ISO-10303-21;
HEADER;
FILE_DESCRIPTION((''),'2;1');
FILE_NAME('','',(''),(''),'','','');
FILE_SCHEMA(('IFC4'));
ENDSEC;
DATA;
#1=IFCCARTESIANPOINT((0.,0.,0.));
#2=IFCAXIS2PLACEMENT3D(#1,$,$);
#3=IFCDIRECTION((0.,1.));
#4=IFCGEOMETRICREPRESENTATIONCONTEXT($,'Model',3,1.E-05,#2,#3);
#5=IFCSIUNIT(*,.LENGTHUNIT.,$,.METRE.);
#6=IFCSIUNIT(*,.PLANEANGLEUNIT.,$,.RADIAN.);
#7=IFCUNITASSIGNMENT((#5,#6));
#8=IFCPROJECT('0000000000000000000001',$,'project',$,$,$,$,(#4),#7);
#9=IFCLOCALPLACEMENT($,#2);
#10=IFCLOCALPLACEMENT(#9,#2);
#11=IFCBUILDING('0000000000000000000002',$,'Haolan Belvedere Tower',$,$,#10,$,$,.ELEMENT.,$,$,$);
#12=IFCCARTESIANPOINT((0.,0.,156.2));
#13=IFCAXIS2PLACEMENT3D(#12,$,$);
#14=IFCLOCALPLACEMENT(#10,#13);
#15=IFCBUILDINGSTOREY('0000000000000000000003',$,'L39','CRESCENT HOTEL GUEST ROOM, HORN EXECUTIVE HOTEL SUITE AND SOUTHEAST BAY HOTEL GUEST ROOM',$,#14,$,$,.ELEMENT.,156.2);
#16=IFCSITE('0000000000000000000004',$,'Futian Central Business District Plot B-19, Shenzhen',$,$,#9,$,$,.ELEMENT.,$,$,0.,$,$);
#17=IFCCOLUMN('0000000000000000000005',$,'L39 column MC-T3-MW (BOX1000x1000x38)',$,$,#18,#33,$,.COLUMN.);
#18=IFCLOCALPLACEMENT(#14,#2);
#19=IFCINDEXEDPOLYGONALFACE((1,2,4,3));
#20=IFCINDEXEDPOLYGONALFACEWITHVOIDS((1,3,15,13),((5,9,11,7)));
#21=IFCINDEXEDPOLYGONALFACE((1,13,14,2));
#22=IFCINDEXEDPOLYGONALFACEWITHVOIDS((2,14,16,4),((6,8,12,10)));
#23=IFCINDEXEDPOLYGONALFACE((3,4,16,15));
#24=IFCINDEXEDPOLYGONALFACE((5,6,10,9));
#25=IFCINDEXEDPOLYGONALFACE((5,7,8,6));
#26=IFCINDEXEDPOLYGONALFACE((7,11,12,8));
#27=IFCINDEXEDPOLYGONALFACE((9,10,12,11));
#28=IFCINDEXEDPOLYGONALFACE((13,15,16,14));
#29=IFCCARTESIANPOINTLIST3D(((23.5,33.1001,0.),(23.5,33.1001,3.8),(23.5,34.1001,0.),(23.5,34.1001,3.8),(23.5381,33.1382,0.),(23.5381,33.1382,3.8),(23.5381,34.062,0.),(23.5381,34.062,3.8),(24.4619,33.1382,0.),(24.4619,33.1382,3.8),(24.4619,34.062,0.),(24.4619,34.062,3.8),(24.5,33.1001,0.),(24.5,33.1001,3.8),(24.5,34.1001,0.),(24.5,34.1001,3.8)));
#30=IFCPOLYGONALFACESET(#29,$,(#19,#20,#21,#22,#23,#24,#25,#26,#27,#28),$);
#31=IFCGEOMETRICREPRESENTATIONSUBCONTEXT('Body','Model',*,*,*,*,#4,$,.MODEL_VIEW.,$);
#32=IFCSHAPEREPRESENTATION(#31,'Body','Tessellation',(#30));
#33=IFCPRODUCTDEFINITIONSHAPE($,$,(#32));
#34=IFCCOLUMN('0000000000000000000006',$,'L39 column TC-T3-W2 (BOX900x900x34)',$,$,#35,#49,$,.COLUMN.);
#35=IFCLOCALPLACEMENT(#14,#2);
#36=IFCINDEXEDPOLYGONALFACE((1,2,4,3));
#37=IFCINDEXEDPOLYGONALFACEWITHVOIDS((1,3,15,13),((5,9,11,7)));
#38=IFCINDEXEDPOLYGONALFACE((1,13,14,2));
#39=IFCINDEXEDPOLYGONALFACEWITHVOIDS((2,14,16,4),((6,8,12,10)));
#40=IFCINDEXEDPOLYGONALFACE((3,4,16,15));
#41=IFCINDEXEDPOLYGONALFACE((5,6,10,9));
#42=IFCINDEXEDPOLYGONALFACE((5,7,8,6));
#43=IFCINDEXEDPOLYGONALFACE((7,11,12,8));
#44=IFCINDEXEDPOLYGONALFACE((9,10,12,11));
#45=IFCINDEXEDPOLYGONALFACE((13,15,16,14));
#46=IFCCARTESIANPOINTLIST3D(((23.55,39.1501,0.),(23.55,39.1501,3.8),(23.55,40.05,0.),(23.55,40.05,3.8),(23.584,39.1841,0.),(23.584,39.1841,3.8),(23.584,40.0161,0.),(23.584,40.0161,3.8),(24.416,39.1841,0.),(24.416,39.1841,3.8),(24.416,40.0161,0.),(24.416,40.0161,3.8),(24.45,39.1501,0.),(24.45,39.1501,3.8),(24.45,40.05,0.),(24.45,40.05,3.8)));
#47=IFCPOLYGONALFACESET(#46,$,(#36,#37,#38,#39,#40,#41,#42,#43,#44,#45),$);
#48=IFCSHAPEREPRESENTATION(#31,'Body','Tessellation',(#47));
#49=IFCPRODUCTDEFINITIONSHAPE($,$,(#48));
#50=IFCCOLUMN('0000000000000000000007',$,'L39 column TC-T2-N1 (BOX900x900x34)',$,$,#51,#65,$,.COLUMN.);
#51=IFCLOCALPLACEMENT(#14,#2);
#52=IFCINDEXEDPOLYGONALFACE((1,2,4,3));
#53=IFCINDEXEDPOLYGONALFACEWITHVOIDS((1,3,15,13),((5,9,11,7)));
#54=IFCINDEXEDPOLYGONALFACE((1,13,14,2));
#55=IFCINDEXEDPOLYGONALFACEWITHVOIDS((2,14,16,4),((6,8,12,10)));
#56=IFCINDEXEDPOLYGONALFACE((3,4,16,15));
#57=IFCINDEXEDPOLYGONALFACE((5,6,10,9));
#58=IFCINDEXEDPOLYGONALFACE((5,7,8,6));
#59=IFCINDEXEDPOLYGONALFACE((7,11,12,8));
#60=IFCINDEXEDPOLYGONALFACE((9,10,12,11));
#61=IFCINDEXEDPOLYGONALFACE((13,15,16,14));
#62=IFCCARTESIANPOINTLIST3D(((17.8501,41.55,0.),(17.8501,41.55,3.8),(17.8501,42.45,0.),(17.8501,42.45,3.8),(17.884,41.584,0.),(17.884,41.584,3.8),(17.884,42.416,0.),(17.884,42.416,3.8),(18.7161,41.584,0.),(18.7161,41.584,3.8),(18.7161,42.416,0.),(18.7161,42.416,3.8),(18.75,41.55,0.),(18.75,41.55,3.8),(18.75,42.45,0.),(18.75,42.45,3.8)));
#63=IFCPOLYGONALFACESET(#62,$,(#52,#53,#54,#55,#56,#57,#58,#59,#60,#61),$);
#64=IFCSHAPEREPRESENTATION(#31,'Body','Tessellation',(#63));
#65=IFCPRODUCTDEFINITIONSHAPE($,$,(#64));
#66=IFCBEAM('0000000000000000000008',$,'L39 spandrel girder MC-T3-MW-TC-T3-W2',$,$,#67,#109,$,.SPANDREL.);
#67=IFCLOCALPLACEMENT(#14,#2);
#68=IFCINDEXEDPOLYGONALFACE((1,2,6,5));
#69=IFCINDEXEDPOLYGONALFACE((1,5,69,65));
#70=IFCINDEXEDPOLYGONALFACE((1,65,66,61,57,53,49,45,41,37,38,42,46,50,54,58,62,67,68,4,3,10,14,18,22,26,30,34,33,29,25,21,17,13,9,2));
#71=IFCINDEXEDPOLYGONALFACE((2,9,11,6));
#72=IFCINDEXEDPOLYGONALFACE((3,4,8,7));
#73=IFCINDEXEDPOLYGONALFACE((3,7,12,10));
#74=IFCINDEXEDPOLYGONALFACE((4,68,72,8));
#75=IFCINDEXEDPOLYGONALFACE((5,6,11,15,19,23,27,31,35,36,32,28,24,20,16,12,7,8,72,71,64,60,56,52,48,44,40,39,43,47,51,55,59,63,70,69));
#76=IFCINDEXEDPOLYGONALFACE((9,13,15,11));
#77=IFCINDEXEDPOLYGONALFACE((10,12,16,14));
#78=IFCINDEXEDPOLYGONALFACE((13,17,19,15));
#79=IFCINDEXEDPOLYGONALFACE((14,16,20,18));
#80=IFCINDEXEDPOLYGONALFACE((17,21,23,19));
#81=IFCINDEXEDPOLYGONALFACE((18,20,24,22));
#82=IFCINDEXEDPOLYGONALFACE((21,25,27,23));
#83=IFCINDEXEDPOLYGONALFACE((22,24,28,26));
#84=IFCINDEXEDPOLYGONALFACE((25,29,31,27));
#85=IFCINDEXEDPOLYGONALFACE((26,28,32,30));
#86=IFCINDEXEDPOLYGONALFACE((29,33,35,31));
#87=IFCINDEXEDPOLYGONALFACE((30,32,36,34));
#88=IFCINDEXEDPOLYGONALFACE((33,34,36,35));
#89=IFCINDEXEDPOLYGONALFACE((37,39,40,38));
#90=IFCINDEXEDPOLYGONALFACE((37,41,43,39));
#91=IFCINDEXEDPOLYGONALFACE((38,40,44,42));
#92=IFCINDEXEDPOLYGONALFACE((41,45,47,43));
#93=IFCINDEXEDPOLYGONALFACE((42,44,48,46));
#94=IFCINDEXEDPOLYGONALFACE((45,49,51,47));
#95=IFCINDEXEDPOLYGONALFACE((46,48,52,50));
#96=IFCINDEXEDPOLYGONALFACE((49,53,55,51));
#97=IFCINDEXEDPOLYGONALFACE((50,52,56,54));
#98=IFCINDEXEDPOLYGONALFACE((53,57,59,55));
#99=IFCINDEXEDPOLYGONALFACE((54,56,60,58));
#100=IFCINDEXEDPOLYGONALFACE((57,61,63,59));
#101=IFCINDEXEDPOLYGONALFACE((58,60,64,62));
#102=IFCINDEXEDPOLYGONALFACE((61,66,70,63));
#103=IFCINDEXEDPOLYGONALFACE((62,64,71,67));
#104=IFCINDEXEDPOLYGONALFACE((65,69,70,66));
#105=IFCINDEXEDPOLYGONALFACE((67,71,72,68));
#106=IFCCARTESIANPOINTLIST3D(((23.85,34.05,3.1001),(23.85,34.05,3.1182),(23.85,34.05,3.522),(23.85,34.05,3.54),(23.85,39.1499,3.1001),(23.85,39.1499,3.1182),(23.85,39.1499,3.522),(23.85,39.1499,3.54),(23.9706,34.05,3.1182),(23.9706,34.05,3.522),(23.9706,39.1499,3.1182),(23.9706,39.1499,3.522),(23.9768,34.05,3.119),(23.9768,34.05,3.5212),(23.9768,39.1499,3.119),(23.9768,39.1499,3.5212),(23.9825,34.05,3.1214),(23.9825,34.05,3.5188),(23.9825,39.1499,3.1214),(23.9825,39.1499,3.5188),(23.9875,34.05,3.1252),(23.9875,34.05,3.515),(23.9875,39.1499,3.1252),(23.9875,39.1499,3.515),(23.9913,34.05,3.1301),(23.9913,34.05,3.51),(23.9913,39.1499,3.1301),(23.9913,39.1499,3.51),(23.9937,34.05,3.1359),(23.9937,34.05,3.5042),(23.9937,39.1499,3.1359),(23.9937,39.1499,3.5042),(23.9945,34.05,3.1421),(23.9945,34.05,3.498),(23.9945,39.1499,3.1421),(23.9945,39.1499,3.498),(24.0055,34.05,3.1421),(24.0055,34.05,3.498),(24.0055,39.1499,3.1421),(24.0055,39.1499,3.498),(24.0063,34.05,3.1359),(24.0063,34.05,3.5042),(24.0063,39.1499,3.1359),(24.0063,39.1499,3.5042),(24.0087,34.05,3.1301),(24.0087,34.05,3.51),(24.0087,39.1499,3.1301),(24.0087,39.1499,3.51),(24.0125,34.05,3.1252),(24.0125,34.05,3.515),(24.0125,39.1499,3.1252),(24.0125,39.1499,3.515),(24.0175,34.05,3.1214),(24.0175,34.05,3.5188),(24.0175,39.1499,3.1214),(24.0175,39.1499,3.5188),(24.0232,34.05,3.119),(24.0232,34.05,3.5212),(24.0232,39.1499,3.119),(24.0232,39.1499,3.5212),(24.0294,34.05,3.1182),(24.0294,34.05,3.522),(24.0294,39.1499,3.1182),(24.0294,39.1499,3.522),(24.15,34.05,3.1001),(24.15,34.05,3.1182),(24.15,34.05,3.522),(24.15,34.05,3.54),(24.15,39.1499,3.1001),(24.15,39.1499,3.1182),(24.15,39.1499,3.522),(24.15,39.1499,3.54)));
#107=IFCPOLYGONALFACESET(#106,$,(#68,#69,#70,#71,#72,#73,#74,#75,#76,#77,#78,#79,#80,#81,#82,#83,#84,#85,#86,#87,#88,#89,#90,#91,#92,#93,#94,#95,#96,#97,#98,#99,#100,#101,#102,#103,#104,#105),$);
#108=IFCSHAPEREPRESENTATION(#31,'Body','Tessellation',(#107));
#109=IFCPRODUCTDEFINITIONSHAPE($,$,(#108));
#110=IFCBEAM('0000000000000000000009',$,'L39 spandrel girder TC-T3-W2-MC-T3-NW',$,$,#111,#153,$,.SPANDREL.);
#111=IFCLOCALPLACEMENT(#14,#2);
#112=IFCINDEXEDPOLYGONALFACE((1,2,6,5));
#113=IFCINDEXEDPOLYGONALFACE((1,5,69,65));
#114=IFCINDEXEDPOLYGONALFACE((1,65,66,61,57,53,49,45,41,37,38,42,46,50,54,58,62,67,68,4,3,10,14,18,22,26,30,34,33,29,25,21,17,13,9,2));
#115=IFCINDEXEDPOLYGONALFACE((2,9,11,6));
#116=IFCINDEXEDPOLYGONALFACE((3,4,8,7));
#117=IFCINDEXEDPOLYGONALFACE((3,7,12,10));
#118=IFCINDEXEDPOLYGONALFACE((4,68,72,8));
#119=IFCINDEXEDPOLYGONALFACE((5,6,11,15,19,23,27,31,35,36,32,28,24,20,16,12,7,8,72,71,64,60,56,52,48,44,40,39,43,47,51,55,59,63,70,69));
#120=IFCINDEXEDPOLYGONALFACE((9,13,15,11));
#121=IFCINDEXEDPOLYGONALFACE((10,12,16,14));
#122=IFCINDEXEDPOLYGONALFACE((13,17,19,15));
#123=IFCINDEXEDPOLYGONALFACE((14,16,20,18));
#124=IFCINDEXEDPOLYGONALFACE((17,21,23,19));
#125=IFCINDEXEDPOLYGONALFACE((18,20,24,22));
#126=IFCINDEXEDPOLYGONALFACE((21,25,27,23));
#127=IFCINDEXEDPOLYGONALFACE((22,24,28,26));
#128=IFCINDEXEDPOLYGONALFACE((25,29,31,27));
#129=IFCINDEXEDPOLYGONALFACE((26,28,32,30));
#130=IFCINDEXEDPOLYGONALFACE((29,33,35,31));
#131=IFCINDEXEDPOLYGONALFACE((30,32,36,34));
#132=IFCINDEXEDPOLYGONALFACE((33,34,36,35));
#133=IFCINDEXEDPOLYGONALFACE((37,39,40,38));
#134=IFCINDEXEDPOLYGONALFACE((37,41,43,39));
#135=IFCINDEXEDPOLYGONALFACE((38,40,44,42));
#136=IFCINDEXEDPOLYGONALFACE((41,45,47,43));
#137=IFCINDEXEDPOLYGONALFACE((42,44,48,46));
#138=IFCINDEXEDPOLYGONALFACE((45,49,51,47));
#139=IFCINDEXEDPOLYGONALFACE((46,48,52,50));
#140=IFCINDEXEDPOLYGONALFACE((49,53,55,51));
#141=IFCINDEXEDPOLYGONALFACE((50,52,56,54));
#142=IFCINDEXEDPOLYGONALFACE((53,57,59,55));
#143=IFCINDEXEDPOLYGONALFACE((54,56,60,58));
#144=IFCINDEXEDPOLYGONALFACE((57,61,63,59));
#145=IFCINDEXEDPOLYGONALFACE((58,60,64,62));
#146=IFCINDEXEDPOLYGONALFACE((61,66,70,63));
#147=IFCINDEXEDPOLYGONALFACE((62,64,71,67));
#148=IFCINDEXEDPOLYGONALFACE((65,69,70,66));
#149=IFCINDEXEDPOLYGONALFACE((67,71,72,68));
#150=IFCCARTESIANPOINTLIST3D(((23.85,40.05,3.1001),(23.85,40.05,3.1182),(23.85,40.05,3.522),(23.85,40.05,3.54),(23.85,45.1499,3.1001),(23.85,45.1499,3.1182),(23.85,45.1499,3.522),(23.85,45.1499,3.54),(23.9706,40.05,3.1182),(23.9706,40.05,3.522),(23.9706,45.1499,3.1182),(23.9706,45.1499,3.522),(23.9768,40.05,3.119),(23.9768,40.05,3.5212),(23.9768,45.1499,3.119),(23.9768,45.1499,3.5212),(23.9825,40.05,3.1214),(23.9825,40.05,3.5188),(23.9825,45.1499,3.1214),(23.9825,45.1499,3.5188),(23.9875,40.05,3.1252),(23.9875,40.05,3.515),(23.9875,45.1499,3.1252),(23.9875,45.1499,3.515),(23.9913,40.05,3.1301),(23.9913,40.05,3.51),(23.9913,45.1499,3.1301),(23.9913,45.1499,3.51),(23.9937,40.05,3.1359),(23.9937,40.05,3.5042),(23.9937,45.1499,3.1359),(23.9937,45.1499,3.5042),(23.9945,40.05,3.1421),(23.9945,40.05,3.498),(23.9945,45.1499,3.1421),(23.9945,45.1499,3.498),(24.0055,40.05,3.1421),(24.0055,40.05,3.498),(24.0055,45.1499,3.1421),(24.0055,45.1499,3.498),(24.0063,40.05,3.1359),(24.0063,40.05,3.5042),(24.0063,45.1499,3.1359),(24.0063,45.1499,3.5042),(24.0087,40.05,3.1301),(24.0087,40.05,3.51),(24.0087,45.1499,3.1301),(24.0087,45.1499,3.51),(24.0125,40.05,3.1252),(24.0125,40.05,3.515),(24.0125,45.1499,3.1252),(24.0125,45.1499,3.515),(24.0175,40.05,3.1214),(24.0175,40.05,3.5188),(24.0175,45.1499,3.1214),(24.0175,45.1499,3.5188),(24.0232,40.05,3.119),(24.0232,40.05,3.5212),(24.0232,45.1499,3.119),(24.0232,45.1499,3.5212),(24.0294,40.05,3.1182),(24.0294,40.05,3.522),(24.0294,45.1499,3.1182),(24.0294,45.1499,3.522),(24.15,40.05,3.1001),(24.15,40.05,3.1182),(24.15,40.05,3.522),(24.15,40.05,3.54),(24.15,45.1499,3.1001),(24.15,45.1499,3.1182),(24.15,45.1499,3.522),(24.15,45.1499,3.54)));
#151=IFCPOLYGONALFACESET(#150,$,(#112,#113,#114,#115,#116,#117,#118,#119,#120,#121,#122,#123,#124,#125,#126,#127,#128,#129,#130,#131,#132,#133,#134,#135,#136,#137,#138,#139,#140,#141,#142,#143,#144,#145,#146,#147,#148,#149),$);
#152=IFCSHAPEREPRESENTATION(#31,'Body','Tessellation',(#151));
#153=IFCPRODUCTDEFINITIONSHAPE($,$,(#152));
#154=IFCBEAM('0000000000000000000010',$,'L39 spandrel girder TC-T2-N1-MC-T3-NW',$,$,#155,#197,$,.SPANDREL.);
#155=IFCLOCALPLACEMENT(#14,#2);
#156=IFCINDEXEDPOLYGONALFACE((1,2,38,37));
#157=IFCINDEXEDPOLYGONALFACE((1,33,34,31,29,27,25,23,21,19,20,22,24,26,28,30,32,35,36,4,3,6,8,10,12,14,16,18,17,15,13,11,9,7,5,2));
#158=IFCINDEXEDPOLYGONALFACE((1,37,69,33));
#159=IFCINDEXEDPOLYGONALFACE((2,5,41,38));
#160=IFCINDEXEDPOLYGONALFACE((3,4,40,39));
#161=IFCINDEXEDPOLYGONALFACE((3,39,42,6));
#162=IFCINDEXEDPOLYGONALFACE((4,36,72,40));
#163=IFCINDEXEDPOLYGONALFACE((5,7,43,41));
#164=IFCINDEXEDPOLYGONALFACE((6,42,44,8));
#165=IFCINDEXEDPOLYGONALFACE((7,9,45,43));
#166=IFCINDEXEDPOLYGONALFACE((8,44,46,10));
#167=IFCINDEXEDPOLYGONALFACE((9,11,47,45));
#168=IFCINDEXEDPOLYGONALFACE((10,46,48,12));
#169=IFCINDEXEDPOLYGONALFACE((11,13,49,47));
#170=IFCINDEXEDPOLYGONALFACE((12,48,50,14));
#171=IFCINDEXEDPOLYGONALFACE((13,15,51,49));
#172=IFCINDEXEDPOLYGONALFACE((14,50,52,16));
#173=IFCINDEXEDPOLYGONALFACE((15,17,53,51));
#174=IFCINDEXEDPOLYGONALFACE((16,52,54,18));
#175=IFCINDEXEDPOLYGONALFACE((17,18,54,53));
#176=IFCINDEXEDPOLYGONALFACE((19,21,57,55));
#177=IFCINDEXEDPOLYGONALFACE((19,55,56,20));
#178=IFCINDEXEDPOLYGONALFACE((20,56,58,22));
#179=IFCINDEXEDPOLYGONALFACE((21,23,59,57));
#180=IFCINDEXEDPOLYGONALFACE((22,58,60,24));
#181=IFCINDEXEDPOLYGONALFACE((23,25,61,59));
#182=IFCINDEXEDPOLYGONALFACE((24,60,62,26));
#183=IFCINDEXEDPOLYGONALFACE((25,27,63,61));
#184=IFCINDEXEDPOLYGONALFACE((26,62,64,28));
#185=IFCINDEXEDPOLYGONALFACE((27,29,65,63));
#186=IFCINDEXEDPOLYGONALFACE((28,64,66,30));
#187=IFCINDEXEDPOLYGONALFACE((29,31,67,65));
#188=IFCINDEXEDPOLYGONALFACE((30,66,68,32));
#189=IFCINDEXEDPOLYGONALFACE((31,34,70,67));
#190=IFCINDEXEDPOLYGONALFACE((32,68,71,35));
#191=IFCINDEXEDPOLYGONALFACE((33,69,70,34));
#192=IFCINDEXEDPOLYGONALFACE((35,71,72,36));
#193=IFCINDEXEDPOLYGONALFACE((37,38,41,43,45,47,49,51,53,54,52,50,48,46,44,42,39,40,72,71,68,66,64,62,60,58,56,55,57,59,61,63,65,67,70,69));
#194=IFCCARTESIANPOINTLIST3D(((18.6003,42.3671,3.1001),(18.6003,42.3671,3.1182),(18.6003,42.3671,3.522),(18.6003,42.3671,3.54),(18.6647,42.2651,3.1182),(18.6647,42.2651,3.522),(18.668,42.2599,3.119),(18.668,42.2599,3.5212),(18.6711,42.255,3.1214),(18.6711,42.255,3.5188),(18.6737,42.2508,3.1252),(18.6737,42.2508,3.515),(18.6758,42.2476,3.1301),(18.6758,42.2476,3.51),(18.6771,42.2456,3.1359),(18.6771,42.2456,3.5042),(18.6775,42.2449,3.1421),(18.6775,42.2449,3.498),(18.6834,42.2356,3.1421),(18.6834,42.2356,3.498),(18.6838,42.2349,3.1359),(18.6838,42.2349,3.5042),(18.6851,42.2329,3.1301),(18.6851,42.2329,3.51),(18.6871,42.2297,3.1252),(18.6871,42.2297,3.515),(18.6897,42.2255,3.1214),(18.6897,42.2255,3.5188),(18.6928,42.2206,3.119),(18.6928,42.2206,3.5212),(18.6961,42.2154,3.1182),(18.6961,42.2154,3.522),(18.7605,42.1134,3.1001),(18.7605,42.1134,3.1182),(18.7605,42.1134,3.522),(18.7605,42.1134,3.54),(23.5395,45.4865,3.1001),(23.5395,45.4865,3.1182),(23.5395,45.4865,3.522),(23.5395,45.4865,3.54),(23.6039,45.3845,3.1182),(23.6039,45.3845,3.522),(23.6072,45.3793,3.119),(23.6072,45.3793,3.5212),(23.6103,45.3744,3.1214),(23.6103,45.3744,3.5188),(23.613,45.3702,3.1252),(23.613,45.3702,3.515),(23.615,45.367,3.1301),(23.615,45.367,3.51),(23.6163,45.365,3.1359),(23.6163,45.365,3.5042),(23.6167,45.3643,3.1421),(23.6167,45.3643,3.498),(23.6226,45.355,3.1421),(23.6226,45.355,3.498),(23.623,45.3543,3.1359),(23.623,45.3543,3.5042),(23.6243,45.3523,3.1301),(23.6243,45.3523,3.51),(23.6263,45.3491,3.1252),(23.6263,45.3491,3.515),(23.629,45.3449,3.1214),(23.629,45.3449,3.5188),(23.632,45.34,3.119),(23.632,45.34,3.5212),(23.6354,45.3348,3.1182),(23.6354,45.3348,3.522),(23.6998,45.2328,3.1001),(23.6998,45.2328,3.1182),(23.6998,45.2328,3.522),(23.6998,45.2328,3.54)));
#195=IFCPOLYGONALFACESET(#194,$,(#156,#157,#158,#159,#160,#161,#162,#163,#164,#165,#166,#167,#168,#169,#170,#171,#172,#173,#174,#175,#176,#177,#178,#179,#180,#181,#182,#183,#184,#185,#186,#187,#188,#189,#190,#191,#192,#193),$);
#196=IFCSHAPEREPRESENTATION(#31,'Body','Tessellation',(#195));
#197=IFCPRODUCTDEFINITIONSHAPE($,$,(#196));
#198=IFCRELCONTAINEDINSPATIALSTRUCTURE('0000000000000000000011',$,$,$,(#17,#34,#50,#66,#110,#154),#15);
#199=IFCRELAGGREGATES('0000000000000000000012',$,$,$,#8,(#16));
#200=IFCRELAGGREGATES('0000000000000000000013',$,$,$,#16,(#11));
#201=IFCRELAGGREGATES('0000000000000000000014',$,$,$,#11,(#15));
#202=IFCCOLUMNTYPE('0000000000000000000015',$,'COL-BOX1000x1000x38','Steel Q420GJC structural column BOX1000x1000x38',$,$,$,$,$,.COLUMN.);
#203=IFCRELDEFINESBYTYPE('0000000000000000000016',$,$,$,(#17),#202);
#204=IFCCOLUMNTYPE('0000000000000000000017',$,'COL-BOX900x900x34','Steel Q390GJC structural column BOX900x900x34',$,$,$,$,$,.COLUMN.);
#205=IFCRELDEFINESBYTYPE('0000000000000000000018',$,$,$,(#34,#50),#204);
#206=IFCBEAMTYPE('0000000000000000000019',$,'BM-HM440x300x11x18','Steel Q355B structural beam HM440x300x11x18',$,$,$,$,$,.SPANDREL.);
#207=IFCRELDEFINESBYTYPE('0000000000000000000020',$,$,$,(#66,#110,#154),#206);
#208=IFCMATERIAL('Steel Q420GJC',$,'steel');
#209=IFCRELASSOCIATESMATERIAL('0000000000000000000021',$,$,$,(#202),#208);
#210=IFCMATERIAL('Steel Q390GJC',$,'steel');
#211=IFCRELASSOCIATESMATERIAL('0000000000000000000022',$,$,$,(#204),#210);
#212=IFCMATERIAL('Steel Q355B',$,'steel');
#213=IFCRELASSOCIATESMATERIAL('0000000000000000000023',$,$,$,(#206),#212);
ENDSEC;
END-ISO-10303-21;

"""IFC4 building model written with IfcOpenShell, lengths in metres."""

from ifc_helpers import new_model, si_unit, direction, frame, origin, origin_2d, place, context, subcontext, project, spatial, hollow_rectangle, i_section, extrude, material, material_profile, profile_set, type_object, element, save


model = new_model("IFC4")

# Units and contexts
model_context = context("Model", 3, precision=1e-05, world=origin(), true_north=direction((0.0, 1.0)))
body_context = subcontext(model_context, "Body", "Model", "MODEL_VIEW")
ifc_project = project(units=[si_unit("LENGTHUNIT", "METRE"), si_unit("PLANEANGLEUNIT", "RADIAN")], contexts=[model_context])

# Site, building, storey
site_placement = place(None, origin())
site = spatial("IfcSite", under=ifc_project, at=site_placement, Name="Futian Central Business District Plot B-19, Shenzhen", CompositionType="ELEMENT", RefElevation=0.0)
building_placement = place(site_placement, origin())
building = spatial("IfcBuilding", under=site, at=building_placement, Name="Haolan Belvedere Tower", CompositionType="ELEMENT")
storey_placement = place(building_placement, frame((0.0, 0.0, 156.2)))
storey = spatial("IfcBuildingStorey", under=building, at=storey_placement, Name="L39", Description="CRESCENT HOTEL GUEST ROOM, HORN EXECUTIVE HOTEL SUITE AND SOUTHEAST BAY HOTEL GUEST ROOM", CompositionType="ELEMENT", Elevation=156.2)

# Columns
ifc_material_1 = material(Name="Steel Q420GJC", Category="steel")
ifc_material_profile_1 = material_profile(ifc_material_1, hollow_rectangle(XDim=1.0, YDim=1.0, WallThickness=0.0381, at=origin_2d()), Name="Steel Q420GJC")
ifc_profile_set_1 = profile_set([ifc_material_profile_1], Name="Steel Q420GJC")
column_type_1 = type_object("IfcColumnType", Name="COL-BOX1000x1000x38", Description="Steel Q420GJC structural column BOX1000x1000x38", PredefinedType="COLUMN", material=ifc_profile_set_1)
column_placement = place(storey_placement, frame((24.0, 33.6001, 0.0), z_axis=(0.0, 0.0, 1.0), x_axis=(1.0, 0.0, 0.0)))
element("IfcColumn", 1, at=column_placement, inside=storey, type_object=column_type_1, Name="L39 column MC-T3-MW (BOX1000x1000x38)", PredefinedType="COLUMN", context=body_context, shape_type="SweptSolid", body=[
    extrude(hollow_rectangle(XDim=1.0, YDim=1.0, WallThickness=0.0381, at=origin_2d()), origin(), (0.0, 0.0, 1.0), 3.8),
])
ifc_material_2 = material(Name="Steel Q390GJC", Category="steel")
ifc_material_profile_2 = material_profile(ifc_material_2, hollow_rectangle(XDim=0.8999, YDim=0.8999, WallThickness=0.0339, at=origin_2d()), Name="Steel Q390GJC")
ifc_profile_set_2 = profile_set([ifc_material_profile_2], Name="Steel Q390GJC")
column_type_2 = type_object("IfcColumnType", Name="COL-BOX900x900x34", Description="Steel Q390GJC structural column BOX900x900x34", PredefinedType="COLUMN", material=ifc_profile_set_2)
for number, where, z_axis, x_axis, name in (
    (2, (24.0, 39.6001, 0.0), (0.0, 0.0, 1.0), (1.0, 0.0, 0.0), "L39 column TC-T3-W2 (BOX900x900x34)"),
    (3, (18.3, 42.0, 0.0), (0.0, 0.0, 1.0), (1.0, 0.0, 0.0), "L39 column TC-T2-N1 (BOX900x900x34)"),
):
    element("IfcColumn", number, at=place(storey_placement, frame(where, z_axis=z_axis, x_axis=x_axis)), inside=storey, type_object=column_type_2, Name=name, PredefinedType="COLUMN", context=body_context, shape_type="SweptSolid", body=[
        extrude(hollow_rectangle(XDim=0.8999, YDim=0.8999, WallThickness=0.0339, at=origin_2d()), origin(), (0.0, 0.0, 1.0), 3.8),
    ])

# Beams
ifc_material_3 = material(Name="Steel Q355B", Category="steel")
ifc_material_profile_3 = material_profile(ifc_material_3, i_section(OverallWidth=0.3, OverallDepth=0.4399, WebThickness=0.011, FlangeThickness=0.0181, FilletRadius=0.0239, at=origin_2d()), Name="Steel Q355B")
ifc_profile_set_3 = profile_set([ifc_material_profile_3], Name="Steel Q355B")
beam_type = type_object("IfcBeamType", Name="BM-HM440x300x11x18", Description="Steel Q355B structural beam HM440x300x11x18", PredefinedType="SPANDREL", material=ifc_profile_set_3)
for number, where, z_axis, x_axis, name in (
    (4, (24.0, 34.05, 3.3201), (0.0, 1.0, 0.0), (-1.0, 0.0, 0.0), "L39 spandrel girder MC-T3-MW-TC-T3-W2"),
    (5, (24.0, 40.05, 3.3201), (0.0, 1.0, 0.0), (-1.0, 0.0, 0.0), "L39 spandrel girder TC-T3-W2-MC-T3-NW"),
):
    element("IfcBeam", number, at=place(storey_placement, frame(where, z_axis=z_axis, x_axis=x_axis)), inside=storey, type_object=beam_type, Name=name, PredefinedType="SPANDREL", context=body_context, shape_type="SweptSolid", body=[
        extrude(i_section(OverallWidth=0.3, OverallDepth=0.4399, WebThickness=0.011, FlangeThickness=0.0181, FilletRadius=0.0239, at=origin_2d()), origin(), (0.0, 0.0, 1.0), 5.0999),
    ])
beam_placement = place(storey_placement, frame((18.6804, 42.2402, 3.3201), z_axis=(0.845498, 0.533979, 0.0), x_axis=(-0.533979, 0.845498, 0.0)))
element("IfcBeam", 6, at=beam_placement, inside=storey, type_object=beam_type, Name="L39 spandrel girder TC-T2-N1-MC-T3-NW", PredefinedType="SPANDREL", context=body_context, shape_type="SweptSolid", body=[
    extrude(i_section(OverallWidth=0.3, OverallDepth=0.4399, WebThickness=0.011, FlangeThickness=0.0181, FilletRadius=0.0239, at=origin_2d()), origin(), (0.0, 0.0, 1.0), 5.8418),
])

save(model, "model.ifc")
